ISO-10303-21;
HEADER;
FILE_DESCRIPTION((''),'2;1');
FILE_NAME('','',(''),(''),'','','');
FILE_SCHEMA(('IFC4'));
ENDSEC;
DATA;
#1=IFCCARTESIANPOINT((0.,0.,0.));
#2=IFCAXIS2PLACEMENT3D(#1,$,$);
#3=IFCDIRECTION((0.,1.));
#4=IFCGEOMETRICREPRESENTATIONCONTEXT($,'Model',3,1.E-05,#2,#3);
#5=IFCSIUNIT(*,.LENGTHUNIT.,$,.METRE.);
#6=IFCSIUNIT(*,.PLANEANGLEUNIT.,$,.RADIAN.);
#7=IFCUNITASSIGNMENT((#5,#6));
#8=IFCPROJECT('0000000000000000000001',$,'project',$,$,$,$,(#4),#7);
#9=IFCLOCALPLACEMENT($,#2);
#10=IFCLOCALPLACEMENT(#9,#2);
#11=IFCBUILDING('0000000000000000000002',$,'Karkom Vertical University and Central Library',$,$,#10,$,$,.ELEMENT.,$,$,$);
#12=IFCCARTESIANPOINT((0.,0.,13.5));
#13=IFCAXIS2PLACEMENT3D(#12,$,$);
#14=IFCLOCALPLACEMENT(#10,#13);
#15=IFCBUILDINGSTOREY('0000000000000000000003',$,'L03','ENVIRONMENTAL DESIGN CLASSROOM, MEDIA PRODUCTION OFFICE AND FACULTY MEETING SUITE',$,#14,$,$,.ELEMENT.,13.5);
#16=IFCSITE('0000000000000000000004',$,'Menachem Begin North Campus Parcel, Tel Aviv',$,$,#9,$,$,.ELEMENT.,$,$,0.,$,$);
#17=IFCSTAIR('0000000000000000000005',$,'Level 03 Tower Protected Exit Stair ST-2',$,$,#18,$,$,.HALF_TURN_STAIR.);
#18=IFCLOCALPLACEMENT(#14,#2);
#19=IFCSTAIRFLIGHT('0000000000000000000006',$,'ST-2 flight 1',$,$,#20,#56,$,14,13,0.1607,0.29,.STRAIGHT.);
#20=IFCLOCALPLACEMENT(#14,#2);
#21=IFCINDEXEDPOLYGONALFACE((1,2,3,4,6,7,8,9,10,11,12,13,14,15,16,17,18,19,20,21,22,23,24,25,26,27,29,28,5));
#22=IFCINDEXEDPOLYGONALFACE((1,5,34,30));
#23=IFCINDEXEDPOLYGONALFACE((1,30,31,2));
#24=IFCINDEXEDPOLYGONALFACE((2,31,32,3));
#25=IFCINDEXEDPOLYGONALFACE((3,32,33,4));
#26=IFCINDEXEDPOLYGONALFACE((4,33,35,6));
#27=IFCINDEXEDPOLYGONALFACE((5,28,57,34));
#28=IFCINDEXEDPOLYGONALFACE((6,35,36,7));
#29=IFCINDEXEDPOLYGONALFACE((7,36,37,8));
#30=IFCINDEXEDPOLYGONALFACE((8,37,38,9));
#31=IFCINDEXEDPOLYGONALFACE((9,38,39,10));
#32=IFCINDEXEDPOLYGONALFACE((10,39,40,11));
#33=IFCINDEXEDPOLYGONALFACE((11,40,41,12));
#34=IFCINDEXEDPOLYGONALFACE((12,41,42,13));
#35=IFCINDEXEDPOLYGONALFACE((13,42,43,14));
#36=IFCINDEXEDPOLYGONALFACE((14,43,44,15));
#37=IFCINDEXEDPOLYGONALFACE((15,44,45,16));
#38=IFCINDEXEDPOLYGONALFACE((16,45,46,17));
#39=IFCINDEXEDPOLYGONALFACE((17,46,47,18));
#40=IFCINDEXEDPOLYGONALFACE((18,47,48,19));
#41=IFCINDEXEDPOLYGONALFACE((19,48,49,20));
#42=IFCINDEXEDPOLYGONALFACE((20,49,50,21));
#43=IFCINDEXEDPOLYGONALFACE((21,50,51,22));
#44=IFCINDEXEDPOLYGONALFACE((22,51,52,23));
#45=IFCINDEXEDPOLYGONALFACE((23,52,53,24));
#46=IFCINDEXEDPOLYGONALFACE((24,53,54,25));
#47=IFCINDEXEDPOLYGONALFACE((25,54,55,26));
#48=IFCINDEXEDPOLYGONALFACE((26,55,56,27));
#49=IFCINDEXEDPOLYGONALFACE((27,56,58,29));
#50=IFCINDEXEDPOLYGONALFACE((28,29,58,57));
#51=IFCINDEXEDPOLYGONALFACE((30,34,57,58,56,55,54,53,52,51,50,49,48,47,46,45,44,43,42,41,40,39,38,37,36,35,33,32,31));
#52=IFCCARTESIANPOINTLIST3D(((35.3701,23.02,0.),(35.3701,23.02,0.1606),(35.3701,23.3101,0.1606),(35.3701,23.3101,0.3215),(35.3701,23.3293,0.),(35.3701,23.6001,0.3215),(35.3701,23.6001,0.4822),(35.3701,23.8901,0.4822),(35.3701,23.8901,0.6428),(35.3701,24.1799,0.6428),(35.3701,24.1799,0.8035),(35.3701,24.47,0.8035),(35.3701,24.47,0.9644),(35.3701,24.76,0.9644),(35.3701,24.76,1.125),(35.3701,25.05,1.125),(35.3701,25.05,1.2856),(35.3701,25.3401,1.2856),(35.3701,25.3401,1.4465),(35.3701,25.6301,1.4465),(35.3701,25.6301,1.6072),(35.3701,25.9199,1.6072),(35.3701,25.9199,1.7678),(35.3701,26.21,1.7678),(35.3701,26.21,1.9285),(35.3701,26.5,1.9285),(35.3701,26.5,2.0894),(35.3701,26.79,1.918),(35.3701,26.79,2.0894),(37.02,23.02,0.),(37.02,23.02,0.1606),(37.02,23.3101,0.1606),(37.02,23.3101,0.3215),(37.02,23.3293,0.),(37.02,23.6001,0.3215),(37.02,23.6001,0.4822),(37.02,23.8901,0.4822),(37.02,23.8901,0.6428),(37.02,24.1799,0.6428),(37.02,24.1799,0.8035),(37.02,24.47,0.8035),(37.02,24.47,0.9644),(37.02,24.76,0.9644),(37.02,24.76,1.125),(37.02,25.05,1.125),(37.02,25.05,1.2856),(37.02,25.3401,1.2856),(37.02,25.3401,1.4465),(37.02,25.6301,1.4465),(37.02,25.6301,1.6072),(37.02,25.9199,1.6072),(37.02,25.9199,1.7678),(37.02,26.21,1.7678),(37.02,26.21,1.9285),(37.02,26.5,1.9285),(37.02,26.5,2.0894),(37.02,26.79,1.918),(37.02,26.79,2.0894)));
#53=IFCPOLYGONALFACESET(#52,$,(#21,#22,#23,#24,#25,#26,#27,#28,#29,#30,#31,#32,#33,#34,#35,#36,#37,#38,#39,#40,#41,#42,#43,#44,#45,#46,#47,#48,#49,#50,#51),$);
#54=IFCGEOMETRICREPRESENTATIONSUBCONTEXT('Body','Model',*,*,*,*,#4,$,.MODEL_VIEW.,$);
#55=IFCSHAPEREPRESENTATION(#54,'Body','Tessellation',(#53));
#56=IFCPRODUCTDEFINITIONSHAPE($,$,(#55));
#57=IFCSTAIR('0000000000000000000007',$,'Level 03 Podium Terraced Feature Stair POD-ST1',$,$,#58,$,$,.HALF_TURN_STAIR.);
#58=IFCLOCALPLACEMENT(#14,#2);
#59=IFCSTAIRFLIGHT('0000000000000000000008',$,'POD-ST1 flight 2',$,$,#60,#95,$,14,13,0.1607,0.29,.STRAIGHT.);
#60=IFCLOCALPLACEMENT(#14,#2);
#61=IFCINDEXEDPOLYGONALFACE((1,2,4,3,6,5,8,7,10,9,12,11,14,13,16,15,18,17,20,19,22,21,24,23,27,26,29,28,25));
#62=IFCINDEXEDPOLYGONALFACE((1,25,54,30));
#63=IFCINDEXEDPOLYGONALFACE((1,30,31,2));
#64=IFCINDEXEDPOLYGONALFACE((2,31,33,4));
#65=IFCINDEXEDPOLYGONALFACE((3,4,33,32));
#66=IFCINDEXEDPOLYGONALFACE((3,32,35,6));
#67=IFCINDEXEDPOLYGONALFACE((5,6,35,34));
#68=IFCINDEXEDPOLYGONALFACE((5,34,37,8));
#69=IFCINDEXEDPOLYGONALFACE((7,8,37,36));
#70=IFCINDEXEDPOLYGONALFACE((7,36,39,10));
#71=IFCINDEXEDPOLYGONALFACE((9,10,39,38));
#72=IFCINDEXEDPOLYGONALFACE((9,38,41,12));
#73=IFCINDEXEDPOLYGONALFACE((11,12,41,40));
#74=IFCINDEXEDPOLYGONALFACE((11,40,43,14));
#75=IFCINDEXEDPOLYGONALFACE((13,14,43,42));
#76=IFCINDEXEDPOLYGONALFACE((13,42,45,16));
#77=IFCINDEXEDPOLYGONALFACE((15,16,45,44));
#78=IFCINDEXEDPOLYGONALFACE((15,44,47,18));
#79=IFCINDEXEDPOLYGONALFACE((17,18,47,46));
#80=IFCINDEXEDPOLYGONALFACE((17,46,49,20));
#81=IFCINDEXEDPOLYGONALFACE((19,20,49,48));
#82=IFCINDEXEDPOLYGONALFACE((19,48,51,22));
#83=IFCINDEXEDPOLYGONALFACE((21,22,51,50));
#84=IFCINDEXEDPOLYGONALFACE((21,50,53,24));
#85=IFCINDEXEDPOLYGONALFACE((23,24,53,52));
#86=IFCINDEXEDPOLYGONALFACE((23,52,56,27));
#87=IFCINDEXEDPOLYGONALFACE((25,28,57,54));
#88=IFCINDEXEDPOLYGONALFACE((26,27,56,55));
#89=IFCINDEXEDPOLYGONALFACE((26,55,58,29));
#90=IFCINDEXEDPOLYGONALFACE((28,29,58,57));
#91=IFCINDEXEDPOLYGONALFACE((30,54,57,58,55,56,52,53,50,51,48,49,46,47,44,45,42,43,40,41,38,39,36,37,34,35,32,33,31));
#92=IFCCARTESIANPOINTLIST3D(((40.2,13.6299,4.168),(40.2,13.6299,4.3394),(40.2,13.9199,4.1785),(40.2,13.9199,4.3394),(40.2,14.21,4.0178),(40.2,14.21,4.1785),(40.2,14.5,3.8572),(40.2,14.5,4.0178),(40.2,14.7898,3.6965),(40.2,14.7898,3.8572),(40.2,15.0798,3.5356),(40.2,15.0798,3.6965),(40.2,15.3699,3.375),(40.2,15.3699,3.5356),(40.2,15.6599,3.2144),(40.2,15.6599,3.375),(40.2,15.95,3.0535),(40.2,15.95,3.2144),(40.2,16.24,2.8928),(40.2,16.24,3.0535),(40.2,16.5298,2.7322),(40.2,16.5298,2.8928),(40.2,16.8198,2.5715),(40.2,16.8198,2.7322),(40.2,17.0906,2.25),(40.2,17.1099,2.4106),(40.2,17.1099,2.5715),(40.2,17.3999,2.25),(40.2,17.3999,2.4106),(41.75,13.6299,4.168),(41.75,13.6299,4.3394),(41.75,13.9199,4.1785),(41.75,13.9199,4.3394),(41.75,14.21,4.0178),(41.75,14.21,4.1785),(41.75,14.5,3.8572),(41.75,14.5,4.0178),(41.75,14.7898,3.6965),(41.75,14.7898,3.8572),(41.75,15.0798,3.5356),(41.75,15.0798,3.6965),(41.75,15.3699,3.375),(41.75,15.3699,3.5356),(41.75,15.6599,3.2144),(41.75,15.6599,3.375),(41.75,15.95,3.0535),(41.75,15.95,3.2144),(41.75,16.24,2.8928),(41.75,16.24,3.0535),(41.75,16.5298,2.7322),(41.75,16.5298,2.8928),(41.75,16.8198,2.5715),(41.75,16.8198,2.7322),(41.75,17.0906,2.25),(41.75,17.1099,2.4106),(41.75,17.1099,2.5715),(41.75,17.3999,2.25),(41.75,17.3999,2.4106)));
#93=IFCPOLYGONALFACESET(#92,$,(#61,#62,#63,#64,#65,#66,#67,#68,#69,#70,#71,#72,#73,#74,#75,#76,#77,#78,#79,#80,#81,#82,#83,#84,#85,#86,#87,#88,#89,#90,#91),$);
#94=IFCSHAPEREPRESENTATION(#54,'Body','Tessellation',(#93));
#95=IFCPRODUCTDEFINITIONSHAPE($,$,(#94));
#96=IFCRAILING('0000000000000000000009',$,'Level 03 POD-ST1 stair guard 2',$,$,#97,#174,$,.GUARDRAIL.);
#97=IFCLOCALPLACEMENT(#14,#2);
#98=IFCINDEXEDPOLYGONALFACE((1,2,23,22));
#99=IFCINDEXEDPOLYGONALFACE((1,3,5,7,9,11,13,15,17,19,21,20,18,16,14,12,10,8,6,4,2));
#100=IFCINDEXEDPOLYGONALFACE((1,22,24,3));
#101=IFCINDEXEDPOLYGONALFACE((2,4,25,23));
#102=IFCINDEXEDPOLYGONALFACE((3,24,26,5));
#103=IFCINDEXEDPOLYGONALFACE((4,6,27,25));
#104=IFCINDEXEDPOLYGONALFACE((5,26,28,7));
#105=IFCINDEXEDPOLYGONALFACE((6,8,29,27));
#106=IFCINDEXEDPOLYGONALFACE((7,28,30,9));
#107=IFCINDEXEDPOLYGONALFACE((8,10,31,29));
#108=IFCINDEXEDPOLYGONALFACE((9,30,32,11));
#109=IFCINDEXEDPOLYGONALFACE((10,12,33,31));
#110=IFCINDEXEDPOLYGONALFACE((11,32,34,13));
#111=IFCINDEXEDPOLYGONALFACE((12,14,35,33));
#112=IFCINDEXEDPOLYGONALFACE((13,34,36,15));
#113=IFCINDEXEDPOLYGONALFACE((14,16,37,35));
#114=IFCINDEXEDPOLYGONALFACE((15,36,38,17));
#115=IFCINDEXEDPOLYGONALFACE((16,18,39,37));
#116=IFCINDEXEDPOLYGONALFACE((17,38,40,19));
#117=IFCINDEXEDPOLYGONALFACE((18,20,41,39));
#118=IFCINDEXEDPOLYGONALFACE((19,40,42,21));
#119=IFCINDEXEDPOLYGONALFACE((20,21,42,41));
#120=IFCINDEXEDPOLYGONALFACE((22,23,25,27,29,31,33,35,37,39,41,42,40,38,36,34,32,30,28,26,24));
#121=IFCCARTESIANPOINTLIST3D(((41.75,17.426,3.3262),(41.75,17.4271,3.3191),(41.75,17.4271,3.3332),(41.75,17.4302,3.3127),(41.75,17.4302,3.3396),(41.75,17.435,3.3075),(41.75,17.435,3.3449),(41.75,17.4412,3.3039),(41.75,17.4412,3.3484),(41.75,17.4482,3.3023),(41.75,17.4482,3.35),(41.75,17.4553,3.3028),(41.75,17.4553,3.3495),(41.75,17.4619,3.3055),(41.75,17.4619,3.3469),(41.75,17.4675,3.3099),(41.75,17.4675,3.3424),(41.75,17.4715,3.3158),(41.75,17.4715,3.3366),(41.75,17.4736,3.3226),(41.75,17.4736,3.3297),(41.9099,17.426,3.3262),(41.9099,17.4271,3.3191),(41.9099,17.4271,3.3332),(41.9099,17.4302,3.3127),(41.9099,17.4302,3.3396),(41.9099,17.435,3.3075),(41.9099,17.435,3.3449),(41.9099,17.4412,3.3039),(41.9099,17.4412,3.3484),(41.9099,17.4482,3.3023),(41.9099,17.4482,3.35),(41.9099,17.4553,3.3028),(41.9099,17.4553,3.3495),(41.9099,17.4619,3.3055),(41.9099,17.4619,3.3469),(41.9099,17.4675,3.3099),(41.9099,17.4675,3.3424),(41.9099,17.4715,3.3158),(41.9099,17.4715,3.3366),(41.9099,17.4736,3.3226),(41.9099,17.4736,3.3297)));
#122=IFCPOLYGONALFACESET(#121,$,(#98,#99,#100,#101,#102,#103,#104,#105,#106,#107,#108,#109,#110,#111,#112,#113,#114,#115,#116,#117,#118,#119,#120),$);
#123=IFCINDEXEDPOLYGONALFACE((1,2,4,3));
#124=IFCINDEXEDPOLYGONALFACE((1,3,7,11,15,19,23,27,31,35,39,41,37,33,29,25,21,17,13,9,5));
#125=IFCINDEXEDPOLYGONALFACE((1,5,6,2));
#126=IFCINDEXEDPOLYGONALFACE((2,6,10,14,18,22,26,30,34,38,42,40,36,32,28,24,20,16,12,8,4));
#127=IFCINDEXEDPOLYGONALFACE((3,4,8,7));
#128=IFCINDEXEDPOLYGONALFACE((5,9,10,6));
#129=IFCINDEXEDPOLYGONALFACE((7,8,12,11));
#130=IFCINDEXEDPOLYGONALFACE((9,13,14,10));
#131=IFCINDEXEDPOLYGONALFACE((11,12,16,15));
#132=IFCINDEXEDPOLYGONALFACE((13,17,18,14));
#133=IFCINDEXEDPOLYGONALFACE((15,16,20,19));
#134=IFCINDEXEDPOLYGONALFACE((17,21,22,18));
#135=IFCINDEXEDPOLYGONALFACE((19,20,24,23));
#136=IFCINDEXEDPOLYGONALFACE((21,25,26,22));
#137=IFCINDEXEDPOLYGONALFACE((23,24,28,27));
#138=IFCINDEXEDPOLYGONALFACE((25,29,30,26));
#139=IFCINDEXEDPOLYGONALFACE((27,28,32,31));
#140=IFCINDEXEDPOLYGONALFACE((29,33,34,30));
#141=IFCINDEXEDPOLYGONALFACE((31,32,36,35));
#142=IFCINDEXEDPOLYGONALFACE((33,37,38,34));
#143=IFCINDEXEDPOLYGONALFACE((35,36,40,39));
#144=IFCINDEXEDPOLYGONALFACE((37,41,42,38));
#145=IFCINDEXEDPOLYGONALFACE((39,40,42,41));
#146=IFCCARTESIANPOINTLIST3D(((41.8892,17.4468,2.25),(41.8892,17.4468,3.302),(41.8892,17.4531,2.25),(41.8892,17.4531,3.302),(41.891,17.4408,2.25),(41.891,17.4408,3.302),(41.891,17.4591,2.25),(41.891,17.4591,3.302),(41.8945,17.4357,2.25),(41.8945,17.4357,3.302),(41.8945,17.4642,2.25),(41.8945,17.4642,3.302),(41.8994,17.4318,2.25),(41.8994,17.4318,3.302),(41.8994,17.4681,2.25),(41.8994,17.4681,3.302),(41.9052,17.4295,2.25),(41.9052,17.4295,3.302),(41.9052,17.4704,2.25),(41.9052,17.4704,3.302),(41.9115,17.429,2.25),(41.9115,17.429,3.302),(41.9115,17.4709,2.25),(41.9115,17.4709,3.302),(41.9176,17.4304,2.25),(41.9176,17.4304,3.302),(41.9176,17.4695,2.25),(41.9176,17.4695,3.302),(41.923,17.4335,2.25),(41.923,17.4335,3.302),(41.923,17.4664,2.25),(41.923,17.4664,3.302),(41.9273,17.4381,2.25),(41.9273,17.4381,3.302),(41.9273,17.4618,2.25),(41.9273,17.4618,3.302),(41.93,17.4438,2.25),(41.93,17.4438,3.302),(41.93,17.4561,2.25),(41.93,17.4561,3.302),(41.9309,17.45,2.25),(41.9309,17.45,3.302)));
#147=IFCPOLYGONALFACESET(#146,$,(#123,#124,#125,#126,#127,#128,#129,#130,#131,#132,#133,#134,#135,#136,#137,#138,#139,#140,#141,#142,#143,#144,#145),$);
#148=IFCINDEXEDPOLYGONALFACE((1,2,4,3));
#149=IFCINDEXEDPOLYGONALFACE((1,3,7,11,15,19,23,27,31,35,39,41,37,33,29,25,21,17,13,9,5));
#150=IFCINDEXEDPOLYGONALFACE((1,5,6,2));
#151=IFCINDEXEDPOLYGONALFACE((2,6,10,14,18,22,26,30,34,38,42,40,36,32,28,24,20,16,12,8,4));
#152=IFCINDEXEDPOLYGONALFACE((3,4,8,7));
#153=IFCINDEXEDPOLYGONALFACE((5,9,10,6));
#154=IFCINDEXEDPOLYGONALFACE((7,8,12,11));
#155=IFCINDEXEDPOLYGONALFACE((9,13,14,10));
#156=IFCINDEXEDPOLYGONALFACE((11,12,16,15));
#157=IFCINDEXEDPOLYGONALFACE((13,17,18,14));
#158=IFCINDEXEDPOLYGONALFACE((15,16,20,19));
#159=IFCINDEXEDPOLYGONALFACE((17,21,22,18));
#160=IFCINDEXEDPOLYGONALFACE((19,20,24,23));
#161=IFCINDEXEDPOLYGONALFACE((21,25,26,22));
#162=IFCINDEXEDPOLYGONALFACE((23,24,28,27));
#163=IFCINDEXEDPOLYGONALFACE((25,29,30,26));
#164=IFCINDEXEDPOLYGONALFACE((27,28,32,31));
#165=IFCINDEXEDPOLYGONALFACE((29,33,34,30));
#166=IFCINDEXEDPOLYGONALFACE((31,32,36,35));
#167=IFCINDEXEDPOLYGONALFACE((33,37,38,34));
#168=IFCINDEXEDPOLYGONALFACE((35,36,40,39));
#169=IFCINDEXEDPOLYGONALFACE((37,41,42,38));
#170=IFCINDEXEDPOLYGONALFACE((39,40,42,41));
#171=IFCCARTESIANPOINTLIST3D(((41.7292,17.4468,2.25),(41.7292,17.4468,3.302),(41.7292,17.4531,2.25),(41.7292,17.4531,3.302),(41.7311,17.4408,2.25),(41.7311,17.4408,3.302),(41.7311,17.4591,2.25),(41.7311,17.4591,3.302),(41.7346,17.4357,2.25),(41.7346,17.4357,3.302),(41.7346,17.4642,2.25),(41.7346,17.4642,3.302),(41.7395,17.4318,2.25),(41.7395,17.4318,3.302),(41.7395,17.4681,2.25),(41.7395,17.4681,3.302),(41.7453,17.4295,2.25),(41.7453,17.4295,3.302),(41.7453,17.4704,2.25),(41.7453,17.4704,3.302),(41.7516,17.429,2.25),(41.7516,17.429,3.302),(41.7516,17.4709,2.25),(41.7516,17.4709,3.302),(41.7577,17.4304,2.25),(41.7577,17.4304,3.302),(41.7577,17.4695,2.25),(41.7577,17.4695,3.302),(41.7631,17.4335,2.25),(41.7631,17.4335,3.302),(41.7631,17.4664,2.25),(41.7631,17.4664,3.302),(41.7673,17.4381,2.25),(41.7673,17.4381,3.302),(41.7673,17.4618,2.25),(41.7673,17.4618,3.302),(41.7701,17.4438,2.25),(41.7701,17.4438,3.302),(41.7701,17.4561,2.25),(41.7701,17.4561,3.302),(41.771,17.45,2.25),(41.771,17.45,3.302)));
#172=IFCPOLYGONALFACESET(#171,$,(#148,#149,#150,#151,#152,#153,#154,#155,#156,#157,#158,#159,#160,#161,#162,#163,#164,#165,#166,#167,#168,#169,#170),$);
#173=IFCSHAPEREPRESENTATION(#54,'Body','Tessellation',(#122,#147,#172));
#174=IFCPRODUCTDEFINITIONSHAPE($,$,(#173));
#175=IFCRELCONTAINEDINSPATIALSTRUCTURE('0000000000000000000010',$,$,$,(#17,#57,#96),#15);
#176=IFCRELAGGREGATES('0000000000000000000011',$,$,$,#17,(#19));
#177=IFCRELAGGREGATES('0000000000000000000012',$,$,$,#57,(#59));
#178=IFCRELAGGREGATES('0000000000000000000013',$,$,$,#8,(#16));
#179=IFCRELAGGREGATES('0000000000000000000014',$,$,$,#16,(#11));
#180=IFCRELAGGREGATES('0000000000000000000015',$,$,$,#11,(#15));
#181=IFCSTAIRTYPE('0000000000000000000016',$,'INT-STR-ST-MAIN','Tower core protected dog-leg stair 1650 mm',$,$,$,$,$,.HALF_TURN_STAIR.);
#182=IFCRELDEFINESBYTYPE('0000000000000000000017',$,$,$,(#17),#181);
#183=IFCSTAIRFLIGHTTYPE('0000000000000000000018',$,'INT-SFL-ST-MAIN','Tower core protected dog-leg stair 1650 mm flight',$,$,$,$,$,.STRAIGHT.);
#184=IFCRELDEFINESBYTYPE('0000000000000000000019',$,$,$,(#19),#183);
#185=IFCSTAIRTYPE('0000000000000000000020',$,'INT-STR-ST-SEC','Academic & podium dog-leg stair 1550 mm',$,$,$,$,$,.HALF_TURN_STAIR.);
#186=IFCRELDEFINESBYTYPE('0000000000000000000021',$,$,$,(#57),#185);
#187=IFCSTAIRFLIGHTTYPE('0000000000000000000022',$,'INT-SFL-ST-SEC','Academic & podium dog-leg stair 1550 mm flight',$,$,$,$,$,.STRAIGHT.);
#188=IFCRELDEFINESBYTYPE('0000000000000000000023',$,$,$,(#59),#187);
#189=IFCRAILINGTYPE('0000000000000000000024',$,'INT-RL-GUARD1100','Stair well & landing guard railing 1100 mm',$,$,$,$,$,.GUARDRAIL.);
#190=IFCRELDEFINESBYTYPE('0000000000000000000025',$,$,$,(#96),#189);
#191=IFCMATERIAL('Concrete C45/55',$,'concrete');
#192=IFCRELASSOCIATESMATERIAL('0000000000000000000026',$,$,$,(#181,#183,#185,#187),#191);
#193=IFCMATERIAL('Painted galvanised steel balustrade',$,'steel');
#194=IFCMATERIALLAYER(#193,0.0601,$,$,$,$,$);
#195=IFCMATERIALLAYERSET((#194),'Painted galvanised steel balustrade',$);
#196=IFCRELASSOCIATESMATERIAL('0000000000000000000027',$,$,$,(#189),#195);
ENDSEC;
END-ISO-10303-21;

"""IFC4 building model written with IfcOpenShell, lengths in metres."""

from ifc_helpers import new_model, si_unit, direction, frame, origin, origin_2d, place, context, subcontext, project, spatial, polyline, circle, outline, extrude, material, layer, layer_set, type_object, element, aggregate, save


model = new_model("IFC4")

# Units and contexts
model_context = context("Model", 3, precision=1e-05, world=origin(), true_north=direction((0.0, 1.0)))
body_context = subcontext(model_context, "Body", "Model", "MODEL_VIEW")
ifc_project = project(units=[si_unit("LENGTHUNIT", "METRE"), si_unit("PLANEANGLEUNIT", "RADIAN")], contexts=[model_context])

# Site, building, storey
site_placement = place(None, origin())
site = spatial("IfcSite", under=ifc_project, at=site_placement, Name="Menachem Begin North Campus Parcel, Tel Aviv", CompositionType="ELEMENT", RefElevation=0.0)
building_placement = place(site_placement, origin())
building = spatial("IfcBuilding", under=site, at=building_placement, Name="Karkom Vertical University and Central Library", CompositionType="ELEMENT")
storey_placement = place(building_placement, frame((0.0, 0.0, 13.5)))
storey = spatial("IfcBuildingStorey", under=building, at=storey_placement, Name="L03", Description="ENVIRONMENTAL DESIGN CLASSROOM, MEDIA PRODUCTION OFFICE AND FACULTY MEETING SUITE", CompositionType="ELEMENT", Elevation=13.5)

# Shared definitions
ifc_material_1 = material(Name="Concrete C45/55", Category="concrete")

# Stairs, stair flights
stair_type_1 = type_object("IfcStairType", Name="INT-STR-ST-MAIN", Description="Tower core protected dog-leg stair 1650 mm", PredefinedType="HALF_TURN_STAIR", material=ifc_material_1)
stair_1_placement = place(storey_placement, origin())
stair_1 = element("IfcStair", 1, at=stair_1_placement, inside=storey, type_object=stair_type_1, Name="Level 03 Tower Protected Exit Stair ST-2", PredefinedType="HALF_TURN_STAIR")
stair_flight_type_1 = type_object("IfcStairFlightType", Name="INT-SFL-ST-MAIN", Description="Tower core protected dog-leg stair 1650 mm flight", PredefinedType="STRAIGHT", material=ifc_material_1)
stair_flight_1_placement = place(storey_placement, frame((36.1951, 23.02, 0.0), z_axis=(0.0, 0.0, 1.0), x_axis=(0.0, 1.0, 0.0)))
stair_flight_1 = element("IfcStairFlight", 2, at=stair_flight_1_placement, type_object=stair_flight_type_1, Name="ST-2 flight 1", NumberOfRisers=14, NumberOfTreads=13, PredefinedType="STRAIGHT", RiserHeight=0.1607, TreadLength=0.29, context=body_context, shape_type="SweptSolid", body=[
    extrude(outline(polyline([(0.0, 0.0), (0.0, 0.1606), (0.29, 0.1606), (0.29, 0.3215), (0.5801, 0.3215), (0.5801, 0.4822), (0.8701, 0.4822), (0.8701, 0.6428), (1.1599, 0.6428), (1.1599, 0.8035), (1.45, 0.8035), (1.45, 0.9644), (1.74, 0.9644), (1.74, 1.125), (2.03, 1.125), (2.03, 1.2856), (2.3201, 1.2856), (2.3201, 1.4465), (2.6101, 1.4465), (2.6101, 1.6072), (2.8999, 1.6072), (2.8999, 1.7678), (3.1899, 1.7678), (3.1899, 1.9285), (3.48, 1.9285), (3.48, 2.0894), (3.77, 2.0894), (3.77, 2.25), (3.77, 1.918), (0.3093, 0.0), (0.0, 0.0)])), frame((0.0, 0.825, 0.0), z_axis=(0.0, -1.0, 0.0), x_axis=(1.0, 0.0, 0.0)), (0.0, 0.0, 1.0), 1.6499),
])
aggregate(stair_1, [stair_flight_1])
stair_type_2 = type_object("IfcStairType", Name="INT-STR-ST-SEC", Description="Academic & podium dog-leg stair 1550 mm", PredefinedType="HALF_TURN_STAIR", material=ifc_material_1)
stair_2_placement = place(storey_placement, origin())
stair_2 = element("IfcStair", 3, at=stair_2_placement, inside=storey, type_object=stair_type_2, Name="Level 03 Podium Terraced Feature Stair POD-ST1", PredefinedType="HALF_TURN_STAIR")
stair_flight_type_2 = type_object("IfcStairFlightType", Name="INT-SFL-ST-SEC", Description="Academic & podium dog-leg stair 1550 mm flight", PredefinedType="STRAIGHT", material=ifc_material_1)
stair_flight_2_placement = place(storey_placement, frame((40.9751, 17.3999, 2.25), z_axis=(0.0, 0.0, 1.0), x_axis=(0.0, -1.0, 0.0)))
stair_flight_2 = element("IfcStairFlight", 4, at=stair_flight_2_placement, type_object=stair_flight_type_2, Name="POD-ST1 flight 2", NumberOfRisers=14, NumberOfTreads=13, PredefinedType="STRAIGHT", RiserHeight=0.1607, TreadLength=0.29, context=body_context, shape_type="SweptSolid", body=[
    extrude(outline(polyline([(0.0, 0.0), (0.0, 0.1606), (0.29, 0.1606), (0.29, 0.3215), (0.5801, 0.3215), (0.5801, 0.4822), (0.8701, 0.4822), (0.8701, 0.6428), (1.1599, 0.6428), (1.1599, 0.8035), (1.45, 0.8035), (1.45, 0.9644), (1.74, 0.9644), (1.74, 1.125), (2.03, 1.125), (2.03, 1.2856), (2.3201, 1.2856), (2.3201, 1.4465), (2.6101, 1.4465), (2.6101, 1.6072), (2.8999, 1.6072), (2.8999, 1.7678), (3.1899, 1.7678), (3.1899, 1.9285), (3.48, 1.9285), (3.48, 2.0894), (3.77, 2.0894), (3.77, 2.25), (3.77, 1.918), (0.3093, 0.0), (0.0, 0.0)])), frame((0.0, 0.7749, 0.0), z_axis=(0.0, -1.0, 0.0), x_axis=(1.0, 0.0, 0.0)), (0.0, 0.0, 1.0), 1.55),
])
aggregate(stair_2, [stair_flight_2])

# Railing
ifc_material_2 = material(Name="Painted galvanised steel balustrade", Category="steel")
ifc_layer_1 = layer(ifc_material_2, 0.0601)
ifc_layer_set_1 = layer_set([ifc_layer_1], Name="Painted galvanised steel balustrade")
railing_type_1 = type_object("IfcRailingType", Name="INT-RL-GUARD1100", Description="Stair well & landing guard railing 1100 mm", PredefinedType="GUARDRAIL", material=ifc_layer_set_1)
railing_1_placement = place(storey_placement, frame((41.9099, 17.45, 2.25)))
element("IfcRailing", 5, at=railing_1_placement, inside=storey, type_object=railing_type_1, Name="Level 03 POD-ST1 stair guard 2", PredefinedType="GUARDRAIL", context=body_context, shape_type="SweptSolid", body=[
    extrude(circle(Radius=0.0239, at=origin_2d()), frame((0.0, 0.0, 1.0762), z_axis=(-1.0, 0.0, 0.0), x_axis=(0.0, -1.0, 0.0)), (0.0, 0.0, 1.0), 0.1599),
    extrude(circle(Radius=0.021, at=origin_2d()), origin(), (0.0, 0.0, 1.0), 1.052),
    extrude(circle(Radius=0.021, at=origin_2d()), frame((-0.1599, 0.0, 0.0)), (0.0, 0.0, 1.0), 1.052),
])

save(model, "model.ifc")
